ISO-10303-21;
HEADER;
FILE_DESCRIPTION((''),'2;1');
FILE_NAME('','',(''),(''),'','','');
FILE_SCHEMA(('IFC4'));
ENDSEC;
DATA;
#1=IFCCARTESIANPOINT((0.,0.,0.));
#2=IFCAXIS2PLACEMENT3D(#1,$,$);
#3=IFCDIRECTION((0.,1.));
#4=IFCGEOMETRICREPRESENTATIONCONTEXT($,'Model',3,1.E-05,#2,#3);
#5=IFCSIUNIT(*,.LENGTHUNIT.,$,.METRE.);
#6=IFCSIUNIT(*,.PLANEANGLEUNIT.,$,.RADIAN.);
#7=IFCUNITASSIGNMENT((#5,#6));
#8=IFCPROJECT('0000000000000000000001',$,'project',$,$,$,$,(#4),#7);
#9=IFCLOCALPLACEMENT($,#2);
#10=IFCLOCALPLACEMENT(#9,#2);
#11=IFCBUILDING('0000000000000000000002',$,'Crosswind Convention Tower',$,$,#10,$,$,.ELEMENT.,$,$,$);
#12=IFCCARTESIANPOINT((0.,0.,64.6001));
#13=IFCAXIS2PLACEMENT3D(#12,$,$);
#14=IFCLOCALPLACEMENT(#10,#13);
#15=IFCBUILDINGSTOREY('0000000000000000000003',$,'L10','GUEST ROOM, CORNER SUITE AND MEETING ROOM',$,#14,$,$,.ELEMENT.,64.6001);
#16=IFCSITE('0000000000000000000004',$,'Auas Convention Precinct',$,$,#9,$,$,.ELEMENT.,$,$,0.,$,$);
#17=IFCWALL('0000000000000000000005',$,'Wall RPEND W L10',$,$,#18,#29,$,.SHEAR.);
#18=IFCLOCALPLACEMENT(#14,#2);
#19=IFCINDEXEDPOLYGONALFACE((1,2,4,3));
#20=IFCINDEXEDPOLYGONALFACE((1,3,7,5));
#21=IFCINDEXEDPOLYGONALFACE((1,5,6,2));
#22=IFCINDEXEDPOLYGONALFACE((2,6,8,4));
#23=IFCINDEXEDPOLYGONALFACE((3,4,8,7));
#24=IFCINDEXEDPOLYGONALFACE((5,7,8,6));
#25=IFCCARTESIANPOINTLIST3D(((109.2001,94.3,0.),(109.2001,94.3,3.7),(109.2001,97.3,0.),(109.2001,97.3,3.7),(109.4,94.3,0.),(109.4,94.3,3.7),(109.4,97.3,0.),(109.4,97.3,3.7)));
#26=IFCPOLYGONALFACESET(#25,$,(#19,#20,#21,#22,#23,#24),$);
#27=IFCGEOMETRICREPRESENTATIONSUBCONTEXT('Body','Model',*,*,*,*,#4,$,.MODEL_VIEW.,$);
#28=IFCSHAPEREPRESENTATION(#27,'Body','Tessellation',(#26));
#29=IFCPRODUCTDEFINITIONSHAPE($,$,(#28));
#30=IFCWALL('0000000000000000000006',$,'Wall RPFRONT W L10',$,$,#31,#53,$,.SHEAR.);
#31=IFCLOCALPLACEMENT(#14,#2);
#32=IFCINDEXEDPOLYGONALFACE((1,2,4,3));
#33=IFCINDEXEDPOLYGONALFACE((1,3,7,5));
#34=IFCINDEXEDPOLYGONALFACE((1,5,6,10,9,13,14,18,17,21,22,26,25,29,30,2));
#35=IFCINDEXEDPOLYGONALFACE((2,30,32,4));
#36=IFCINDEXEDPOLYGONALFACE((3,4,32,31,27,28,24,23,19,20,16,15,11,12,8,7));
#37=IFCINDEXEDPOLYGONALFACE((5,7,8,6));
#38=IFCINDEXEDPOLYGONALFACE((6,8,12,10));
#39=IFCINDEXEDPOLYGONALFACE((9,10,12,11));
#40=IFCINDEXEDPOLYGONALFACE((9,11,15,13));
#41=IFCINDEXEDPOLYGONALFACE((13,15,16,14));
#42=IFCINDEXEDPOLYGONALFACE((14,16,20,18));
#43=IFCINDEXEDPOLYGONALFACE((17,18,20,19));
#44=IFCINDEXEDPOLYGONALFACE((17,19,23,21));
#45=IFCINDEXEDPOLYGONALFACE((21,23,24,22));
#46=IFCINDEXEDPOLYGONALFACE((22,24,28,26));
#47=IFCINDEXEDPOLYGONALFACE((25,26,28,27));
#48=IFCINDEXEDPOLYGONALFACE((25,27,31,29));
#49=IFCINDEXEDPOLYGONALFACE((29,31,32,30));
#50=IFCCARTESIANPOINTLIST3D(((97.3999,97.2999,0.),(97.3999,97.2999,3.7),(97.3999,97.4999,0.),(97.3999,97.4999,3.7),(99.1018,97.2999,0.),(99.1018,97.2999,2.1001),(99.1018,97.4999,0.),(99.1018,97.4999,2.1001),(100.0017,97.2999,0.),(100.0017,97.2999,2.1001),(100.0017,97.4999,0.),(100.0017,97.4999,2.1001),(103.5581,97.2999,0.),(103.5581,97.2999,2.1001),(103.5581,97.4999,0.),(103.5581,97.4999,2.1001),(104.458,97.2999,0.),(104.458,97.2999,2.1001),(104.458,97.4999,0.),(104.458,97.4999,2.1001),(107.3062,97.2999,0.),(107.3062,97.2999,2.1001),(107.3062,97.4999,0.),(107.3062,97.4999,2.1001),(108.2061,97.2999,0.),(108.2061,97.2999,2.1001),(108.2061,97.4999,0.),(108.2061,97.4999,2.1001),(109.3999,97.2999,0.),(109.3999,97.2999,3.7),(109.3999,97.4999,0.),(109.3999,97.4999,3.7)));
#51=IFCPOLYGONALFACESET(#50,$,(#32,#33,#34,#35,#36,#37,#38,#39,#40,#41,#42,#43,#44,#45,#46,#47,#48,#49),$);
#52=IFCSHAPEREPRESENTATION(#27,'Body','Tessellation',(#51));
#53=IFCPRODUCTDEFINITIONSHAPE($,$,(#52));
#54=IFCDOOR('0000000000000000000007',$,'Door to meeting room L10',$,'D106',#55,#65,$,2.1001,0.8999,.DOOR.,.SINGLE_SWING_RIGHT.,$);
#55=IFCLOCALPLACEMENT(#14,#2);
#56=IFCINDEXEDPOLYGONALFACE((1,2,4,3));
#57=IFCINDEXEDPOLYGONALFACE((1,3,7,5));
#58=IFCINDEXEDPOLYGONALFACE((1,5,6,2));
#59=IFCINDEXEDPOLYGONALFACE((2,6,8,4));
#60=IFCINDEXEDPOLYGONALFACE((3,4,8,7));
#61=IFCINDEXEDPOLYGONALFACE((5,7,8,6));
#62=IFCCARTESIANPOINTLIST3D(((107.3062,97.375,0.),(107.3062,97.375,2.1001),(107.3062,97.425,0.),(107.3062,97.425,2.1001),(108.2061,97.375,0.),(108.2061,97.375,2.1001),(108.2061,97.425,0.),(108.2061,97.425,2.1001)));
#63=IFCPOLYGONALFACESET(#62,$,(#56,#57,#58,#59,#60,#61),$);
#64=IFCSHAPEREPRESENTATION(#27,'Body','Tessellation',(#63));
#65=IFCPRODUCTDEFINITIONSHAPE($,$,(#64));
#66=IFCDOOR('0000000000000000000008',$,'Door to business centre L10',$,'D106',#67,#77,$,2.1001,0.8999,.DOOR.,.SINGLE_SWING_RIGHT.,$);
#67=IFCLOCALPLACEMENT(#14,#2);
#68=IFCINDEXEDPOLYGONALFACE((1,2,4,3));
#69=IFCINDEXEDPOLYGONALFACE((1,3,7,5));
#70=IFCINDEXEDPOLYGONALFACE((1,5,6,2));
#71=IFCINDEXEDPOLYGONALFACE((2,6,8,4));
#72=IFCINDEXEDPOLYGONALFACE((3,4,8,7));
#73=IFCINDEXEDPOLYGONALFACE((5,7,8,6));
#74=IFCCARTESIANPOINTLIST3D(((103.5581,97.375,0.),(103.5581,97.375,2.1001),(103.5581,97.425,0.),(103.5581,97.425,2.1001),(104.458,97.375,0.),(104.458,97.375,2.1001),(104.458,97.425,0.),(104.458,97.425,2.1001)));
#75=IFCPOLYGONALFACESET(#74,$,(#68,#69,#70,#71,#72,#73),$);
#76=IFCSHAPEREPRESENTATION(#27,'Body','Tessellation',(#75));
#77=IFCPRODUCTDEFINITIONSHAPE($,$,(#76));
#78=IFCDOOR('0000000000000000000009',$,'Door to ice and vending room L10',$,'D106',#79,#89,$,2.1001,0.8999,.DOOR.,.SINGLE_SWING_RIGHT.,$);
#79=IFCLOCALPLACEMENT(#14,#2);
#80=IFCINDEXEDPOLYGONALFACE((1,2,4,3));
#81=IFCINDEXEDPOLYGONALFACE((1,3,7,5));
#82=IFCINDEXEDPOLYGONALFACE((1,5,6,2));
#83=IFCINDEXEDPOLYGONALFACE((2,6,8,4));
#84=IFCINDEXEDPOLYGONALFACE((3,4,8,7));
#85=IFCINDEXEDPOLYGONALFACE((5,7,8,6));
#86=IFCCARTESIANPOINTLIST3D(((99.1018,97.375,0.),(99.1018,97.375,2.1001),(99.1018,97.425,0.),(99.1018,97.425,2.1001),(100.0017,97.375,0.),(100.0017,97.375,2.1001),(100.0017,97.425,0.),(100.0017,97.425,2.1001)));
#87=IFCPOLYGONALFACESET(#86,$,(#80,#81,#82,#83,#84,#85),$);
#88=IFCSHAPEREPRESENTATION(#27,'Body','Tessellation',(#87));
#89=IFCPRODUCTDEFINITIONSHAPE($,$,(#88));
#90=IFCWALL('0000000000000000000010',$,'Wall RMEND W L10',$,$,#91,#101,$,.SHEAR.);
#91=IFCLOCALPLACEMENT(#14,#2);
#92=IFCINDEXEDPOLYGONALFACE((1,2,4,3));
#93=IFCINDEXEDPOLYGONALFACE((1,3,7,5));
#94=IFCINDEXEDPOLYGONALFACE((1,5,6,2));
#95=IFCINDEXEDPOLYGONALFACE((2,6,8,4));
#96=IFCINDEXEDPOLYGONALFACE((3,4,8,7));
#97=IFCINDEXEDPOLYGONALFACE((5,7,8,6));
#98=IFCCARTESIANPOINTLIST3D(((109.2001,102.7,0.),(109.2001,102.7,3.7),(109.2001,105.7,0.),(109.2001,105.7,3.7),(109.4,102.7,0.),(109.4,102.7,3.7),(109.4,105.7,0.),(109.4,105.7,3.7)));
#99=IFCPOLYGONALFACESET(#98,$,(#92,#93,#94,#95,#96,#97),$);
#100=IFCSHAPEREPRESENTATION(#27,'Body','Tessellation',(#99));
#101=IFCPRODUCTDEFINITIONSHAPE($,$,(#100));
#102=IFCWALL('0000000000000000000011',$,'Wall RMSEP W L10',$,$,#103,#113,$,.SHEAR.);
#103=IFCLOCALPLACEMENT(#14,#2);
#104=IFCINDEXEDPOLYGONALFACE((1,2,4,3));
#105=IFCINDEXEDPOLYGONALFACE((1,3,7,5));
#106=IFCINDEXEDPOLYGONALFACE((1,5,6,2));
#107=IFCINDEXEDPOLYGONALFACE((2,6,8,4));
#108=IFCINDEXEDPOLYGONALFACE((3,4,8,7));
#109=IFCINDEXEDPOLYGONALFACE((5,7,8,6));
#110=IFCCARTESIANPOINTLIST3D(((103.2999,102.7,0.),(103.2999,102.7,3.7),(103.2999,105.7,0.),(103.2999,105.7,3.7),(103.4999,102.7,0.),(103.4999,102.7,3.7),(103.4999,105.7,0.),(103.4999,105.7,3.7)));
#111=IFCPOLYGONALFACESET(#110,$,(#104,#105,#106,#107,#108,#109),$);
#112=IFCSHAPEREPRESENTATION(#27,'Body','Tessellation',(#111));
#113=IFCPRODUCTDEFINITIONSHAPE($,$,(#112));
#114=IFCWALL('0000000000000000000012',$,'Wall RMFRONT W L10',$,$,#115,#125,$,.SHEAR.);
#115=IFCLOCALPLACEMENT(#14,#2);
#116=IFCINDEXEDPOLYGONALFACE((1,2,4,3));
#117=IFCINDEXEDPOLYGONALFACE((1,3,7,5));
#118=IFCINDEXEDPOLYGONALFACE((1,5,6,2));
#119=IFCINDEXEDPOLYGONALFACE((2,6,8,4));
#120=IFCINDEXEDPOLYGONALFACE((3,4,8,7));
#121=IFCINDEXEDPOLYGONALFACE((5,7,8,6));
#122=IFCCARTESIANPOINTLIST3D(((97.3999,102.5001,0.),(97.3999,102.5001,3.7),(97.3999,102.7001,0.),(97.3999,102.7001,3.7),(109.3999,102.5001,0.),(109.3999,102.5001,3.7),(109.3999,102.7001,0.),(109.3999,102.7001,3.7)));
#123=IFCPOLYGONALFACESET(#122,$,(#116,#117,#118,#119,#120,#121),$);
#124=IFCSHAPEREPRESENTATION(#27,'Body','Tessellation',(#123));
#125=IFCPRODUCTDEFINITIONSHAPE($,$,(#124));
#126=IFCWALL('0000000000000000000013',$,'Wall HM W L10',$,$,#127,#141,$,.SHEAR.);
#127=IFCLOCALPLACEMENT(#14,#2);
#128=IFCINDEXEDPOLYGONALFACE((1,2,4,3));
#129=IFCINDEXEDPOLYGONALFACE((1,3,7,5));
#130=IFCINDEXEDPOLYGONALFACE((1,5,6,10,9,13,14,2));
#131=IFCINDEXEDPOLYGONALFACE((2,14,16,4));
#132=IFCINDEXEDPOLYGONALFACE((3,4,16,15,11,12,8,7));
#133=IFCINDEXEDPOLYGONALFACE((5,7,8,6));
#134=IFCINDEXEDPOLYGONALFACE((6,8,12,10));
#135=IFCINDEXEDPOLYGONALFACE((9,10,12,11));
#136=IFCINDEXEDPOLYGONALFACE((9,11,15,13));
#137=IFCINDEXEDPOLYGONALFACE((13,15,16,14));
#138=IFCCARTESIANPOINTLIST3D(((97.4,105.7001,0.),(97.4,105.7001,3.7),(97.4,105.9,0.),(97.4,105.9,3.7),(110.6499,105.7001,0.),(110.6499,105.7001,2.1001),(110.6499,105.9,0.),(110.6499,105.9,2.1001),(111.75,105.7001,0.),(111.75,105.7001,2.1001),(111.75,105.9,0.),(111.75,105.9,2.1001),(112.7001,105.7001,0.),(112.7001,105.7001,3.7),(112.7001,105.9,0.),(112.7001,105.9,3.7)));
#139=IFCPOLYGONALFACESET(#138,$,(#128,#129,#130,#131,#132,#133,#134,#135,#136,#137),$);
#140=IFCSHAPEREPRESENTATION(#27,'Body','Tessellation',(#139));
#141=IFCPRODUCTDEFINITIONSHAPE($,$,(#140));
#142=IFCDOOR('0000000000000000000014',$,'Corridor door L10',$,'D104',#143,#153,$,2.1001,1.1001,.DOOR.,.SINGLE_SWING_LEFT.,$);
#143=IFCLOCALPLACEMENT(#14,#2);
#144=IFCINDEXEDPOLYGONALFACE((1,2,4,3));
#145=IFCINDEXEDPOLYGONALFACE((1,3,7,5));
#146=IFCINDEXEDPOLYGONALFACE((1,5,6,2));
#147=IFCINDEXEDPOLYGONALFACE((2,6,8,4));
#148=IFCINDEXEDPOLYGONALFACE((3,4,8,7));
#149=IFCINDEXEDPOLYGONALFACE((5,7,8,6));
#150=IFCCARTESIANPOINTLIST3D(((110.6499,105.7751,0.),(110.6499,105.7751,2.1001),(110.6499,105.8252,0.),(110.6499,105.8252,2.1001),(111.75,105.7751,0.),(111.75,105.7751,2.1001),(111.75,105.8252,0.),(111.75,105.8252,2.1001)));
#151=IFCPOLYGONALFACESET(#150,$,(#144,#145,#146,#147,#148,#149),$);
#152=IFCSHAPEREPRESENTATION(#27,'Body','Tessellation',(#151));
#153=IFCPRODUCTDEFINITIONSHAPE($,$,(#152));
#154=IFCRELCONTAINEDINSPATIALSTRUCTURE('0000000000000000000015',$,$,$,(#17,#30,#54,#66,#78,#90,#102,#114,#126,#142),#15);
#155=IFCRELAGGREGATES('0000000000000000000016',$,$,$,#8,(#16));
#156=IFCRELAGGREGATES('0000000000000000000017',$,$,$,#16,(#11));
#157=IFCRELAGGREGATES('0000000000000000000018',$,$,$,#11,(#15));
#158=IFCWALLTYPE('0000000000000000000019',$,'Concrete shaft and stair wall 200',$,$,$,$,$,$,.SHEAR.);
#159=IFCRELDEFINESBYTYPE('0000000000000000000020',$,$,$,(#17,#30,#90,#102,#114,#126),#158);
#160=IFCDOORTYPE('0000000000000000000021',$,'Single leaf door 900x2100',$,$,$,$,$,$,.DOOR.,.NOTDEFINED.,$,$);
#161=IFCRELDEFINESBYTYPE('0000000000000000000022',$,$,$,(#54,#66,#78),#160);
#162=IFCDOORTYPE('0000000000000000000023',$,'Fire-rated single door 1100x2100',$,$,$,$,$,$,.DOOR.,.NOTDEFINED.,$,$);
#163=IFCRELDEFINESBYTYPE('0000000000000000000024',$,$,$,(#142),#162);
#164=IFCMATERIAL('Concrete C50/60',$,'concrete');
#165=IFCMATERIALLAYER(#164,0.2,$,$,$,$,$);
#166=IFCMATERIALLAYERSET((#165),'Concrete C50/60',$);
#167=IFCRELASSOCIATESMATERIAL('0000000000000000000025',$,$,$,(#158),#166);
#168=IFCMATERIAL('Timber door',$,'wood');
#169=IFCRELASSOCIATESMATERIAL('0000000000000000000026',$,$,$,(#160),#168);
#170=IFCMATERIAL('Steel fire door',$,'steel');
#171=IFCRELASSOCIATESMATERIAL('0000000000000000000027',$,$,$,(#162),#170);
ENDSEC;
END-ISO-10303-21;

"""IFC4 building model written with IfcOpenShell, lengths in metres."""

from ifc_helpers import new_model, si_unit, direction, frame, frame_2d, origin, place, context, subcontext, project, spatial, rectangle, extrude, material, layer, layer_set, type_object, element, fill, save


model = new_model("IFC4")

# Units and contexts
model_context = context("Model", 3, precision=1e-05, world=origin(), true_north=direction((0.0, 1.0)))
body_context = subcontext(model_context, "Body", "Model", "MODEL_VIEW")
ifc_project = project(units=[si_unit("LENGTHUNIT", "METRE"), si_unit("PLANEANGLEUNIT", "RADIAN")], contexts=[model_context])

# Site, building, storey
site_placement = place(None, origin())
site = spatial("IfcSite", under=ifc_project, at=site_placement, Name="Auas Convention Precinct", CompositionType="ELEMENT", RefElevation=0.0)
building_placement = place(site_placement, origin())
building = spatial("IfcBuilding", under=site, at=building_placement, Name="Crosswind Convention Tower", CompositionType="ELEMENT")
storey_placement = place(building_placement, frame((0.0, 0.0, 64.6001)))
storey = spatial("IfcBuildingStorey", under=building, at=storey_placement, Name="L10", Description="GUEST ROOM, CORNER SUITE AND MEETING ROOM", CompositionType="ELEMENT", Elevation=64.6001)

# Shared definitions
ifc_material_1 = material(Name="Concrete C50/60", Category="concrete")

# Wall
ifc_layer_1 = layer(ifc_material_1, 0.2)
ifc_layer_set_1 = layer_set([ifc_layer_1], Name="Concrete C50/60")
wall_type_1 = type_object("IfcWallType", Name="Concrete shaft and stair wall 200", PredefinedType="SHEAR", material=ifc_layer_set_1)
wall_1_placement = place(storey_placement, frame((109.3, 97.3, 0.0), z_axis=(0.0, 0.0, 1.0), x_axis=(0.0, -1.0, 0.0)))
element("IfcWall", 1, at=wall_1_placement, inside=storey, type_object=wall_type_1, Name="Wall RPEND W L10", PredefinedType="SHEAR", context=body_context, shape_type="SweptSolid", body=[
    extrude(rectangle(XDim=3.0, YDim=0.2, at=frame_2d((1.5, 0.0))), origin(), (0.0, 0.0, 1.0), 3.7),
])

# Wall, openings, doors
wall_2_placement = place(storey_placement, frame((109.3999, 97.3999, 0.0), z_axis=(0.0, 0.0, 1.0), x_axis=(-1.0, 0.0, 0.0)))
wall_2 = element("IfcWall", 2, at=wall_2_placement, inside=storey, type_object=wall_type_1, Name="Wall RPFRONT W L10", PredefinedType="SHEAR", context=body_context, shape_type="SweptSolid", body=[
    extrude(rectangle(XDim=12.0, YDim=0.2, at=frame_2d((6.0, 0.0))), origin(), (0.0, 0.0, 1.0), 3.7),
])
opening_1_placement = place(wall_2_placement, frame((1.1938, 0.0, 0.0)))
opening_1 = element("IfcOpeningElement", 3, at=opening_1_placement, cuts=wall_2, PredefinedType="OPENING", context=body_context, shape_type="SweptSolid", body=[
    extrude(rectangle(XDim=0.8999, YDim=2.1001, at=frame_2d((0.45, 1.05))), frame((0.0, 0.1099, 0.0), z_axis=(0.0, -1.0, 0.0), x_axis=(1.0, 0.0, 0.0)), (0.0, 0.0, 1.0), 0.22),
])
opening_2_placement = place(wall_2_placement, frame((4.9419, 0.0, 0.0)))
opening_2 = element("IfcOpeningElement", 4, at=opening_2_placement, cuts=wall_2, PredefinedType="OPENING", context=body_context, shape_type="SweptSolid", body=[
    extrude(rectangle(XDim=0.8999, YDim=2.1001, at=frame_2d((0.45, 1.05))), frame((0.0, 0.1099, 0.0), z_axis=(0.0, -1.0, 0.0), x_axis=(1.0, 0.0, 0.0)), (0.0, 0.0, 1.0), 0.22),
])
opening_3_placement = place(wall_2_placement, frame((9.3982, 0.0, 0.0)))
opening_3 = element("IfcOpeningElement", 5, at=opening_3_placement, cuts=wall_2, PredefinedType="OPENING", context=body_context, shape_type="SweptSolid", body=[
    extrude(rectangle(XDim=0.8999, YDim=2.1001, at=frame_2d((0.45, 1.05))), frame((0.0, 0.1099, 0.0), z_axis=(0.0, -1.0, 0.0), x_axis=(1.0, 0.0, 0.0)), (0.0, 0.0, 1.0), 0.22),
])
ifc_material_2 = material(Name="Timber door", Category="wood")
door_type_1 = type_object("IfcDoorType", Name="Single leaf door 900x2100", OperationType="NOTDEFINED", PredefinedType="DOOR", material=ifc_material_2)
door_1_placement = place(opening_1_placement, origin())
door_1 = element("IfcDoor", 6, at=door_1_placement, inside=storey, type_object=door_type_1, Name="Door to meeting room L10", ObjectType="D106", OperationType="SINGLE_SWING_RIGHT", OverallHeight=2.1001, OverallWidth=0.8999, PredefinedType="DOOR", context=body_context, shape_type="SweptSolid", body=[
    extrude(rectangle(XDim=0.8999, YDim=2.1001, at=frame_2d((0.45, 1.05))), frame((0.0, 0.0249, 0.0), z_axis=(0.0, -1.0, 0.0), x_axis=(1.0, 0.0, 0.0)), (0.0, 0.0, 1.0), 0.05),
])
fill(opening_1, door_1)
door_2_placement = place(opening_2_placement, origin())
door_2 = element("IfcDoor", 7, at=door_2_placement, inside=storey, type_object=door_type_1, Name="Door to business centre L10", ObjectType="D106", OperationType="SINGLE_SWING_RIGHT", OverallHeight=2.1001, OverallWidth=0.8999, PredefinedType="DOOR", context=body_context, shape_type="SweptSolid", body=[
    extrude(rectangle(XDim=0.8999, YDim=2.1001, at=frame_2d((0.45, 1.05))), frame((0.0, 0.0249, 0.0), z_axis=(0.0, -1.0, 0.0), x_axis=(1.0, 0.0, 0.0)), (0.0, 0.0, 1.0), 0.05),
])
fill(opening_2, door_2)
door_3_placement = place(opening_3_placement, origin())
door_3 = element("IfcDoor", 8, at=door_3_placement, inside=storey, type_object=door_type_1, Name="Door to ice and vending room L10", ObjectType="D106", OperationType="SINGLE_SWING_RIGHT", OverallHeight=2.1001, OverallWidth=0.8999, PredefinedType="DOOR", context=body_context, shape_type="SweptSolid", body=[
    extrude(rectangle(XDim=0.8999, YDim=2.1001, at=frame_2d((0.45, 1.05))), frame((0.0, 0.0249, 0.0), z_axis=(0.0, -1.0, 0.0), x_axis=(1.0, 0.0, 0.0)), (0.0, 0.0, 1.0), 0.05),
])
fill(opening_3, door_3)

# Walls
for number, where, z_axis, x_axis, name in (
    (9, (109.3, 105.7, 0.0), (0.0, 0.0, 1.0), (0.0, -1.0, 0.0), "Wall RMEND W L10"),
    (10, (103.3999, 105.7, 0.0), (0.0, 0.0, 1.0), (0.0, -1.0, 0.0), "Wall RMSEP W L10"),
):
    element("IfcWall", number, at=place(storey_placement, frame(where, z_axis=z_axis, x_axis=x_axis)), inside=storey, type_object=wall_type_1, Name=name, PredefinedType="SHEAR", context=body_context, shape_type="SweptSolid", body=[
        extrude(rectangle(XDim=3.0, YDim=0.2, at=frame_2d((1.5, 0.0))), origin(), (0.0, 0.0, 1.0), 3.7),
    ])
wall_3_placement = place(storey_placement, frame((109.3999, 102.6001, 0.0), z_axis=(0.0, 0.0, 1.0), x_axis=(-1.0, 0.0, 0.0)))
element("IfcWall", 11, at=wall_3_placement, inside=storey, type_object=wall_type_1, Name="Wall RMFRONT W L10", PredefinedType="SHEAR", context=body_context, shape_type="SweptSolid", body=[
    extrude(rectangle(XDim=12.0, YDim=0.2, at=frame_2d((6.0, 0.0))), origin(), (0.0, 0.0, 1.0), 3.7),
])

# Wall, opening, door
wall_4_placement = place(storey_placement, frame((112.7, 105.8, 0.0), z_axis=(0.0, 0.0, 1.0), x_axis=(-1.0, 0.0, 0.0)))
wall_4 = element("IfcWall", 12, at=wall_4_placement, inside=storey, type_object=wall_type_1, Name="Wall HM W L10", PredefinedType="SHEAR", context=body_context, shape_type="SweptSolid", body=[
    extrude(rectangle(XDim=15.3, YDim=0.2, at=frame_2d((7.6499, 0.0))), origin(), (0.0, 0.0, 1.0), 3.7),
])
opening_4_placement = place(wall_4_placement, frame((0.95, 0.0, 0.0)))
opening_4 = element("IfcOpeningElement", 13, at=opening_4_placement, cuts=wall_4, PredefinedType="OPENING", context=body_context, shape_type="SweptSolid", body=[
    extrude(rectangle(XDim=1.1001, YDim=2.1001, at=frame_2d((0.55, 1.05))), frame((0.0, 0.1099, 0.0), z_axis=(0.0, -1.0, 0.0), x_axis=(1.0, 0.0, 0.0)), (0.0, 0.0, 1.0), 0.22),
])
ifc_material_3 = material(Name="Steel fire door", Category="steel")
door_type_2 = type_object("IfcDoorType", Name="Fire-rated single door 1100x2100", OperationType="NOTDEFINED", PredefinedType="DOOR", material=ifc_material_3)
door_4_placement = place(opening_4_placement, origin())
door_4 = element("IfcDoor", 14, at=door_4_placement, inside=storey, type_object=door_type_2, Name="Corridor door L10", ObjectType="D104", OperationType="SINGLE_SWING_LEFT", OverallHeight=2.1001, OverallWidth=1.1001, PredefinedType="DOOR", context=body_context, shape_type="SweptSolid", body=[
    extrude(rectangle(XDim=1.1001, YDim=2.1001, at=frame_2d((0.55, 1.05))), frame((0.0, 0.0249, 0.0), z_axis=(0.0, -1.0, 0.0), x_axis=(1.0, 0.0, 0.0)), (0.0, 0.0, 1.0), 0.05),
])
fill(opening_4, door_4)

save(model, "model.ifc")
